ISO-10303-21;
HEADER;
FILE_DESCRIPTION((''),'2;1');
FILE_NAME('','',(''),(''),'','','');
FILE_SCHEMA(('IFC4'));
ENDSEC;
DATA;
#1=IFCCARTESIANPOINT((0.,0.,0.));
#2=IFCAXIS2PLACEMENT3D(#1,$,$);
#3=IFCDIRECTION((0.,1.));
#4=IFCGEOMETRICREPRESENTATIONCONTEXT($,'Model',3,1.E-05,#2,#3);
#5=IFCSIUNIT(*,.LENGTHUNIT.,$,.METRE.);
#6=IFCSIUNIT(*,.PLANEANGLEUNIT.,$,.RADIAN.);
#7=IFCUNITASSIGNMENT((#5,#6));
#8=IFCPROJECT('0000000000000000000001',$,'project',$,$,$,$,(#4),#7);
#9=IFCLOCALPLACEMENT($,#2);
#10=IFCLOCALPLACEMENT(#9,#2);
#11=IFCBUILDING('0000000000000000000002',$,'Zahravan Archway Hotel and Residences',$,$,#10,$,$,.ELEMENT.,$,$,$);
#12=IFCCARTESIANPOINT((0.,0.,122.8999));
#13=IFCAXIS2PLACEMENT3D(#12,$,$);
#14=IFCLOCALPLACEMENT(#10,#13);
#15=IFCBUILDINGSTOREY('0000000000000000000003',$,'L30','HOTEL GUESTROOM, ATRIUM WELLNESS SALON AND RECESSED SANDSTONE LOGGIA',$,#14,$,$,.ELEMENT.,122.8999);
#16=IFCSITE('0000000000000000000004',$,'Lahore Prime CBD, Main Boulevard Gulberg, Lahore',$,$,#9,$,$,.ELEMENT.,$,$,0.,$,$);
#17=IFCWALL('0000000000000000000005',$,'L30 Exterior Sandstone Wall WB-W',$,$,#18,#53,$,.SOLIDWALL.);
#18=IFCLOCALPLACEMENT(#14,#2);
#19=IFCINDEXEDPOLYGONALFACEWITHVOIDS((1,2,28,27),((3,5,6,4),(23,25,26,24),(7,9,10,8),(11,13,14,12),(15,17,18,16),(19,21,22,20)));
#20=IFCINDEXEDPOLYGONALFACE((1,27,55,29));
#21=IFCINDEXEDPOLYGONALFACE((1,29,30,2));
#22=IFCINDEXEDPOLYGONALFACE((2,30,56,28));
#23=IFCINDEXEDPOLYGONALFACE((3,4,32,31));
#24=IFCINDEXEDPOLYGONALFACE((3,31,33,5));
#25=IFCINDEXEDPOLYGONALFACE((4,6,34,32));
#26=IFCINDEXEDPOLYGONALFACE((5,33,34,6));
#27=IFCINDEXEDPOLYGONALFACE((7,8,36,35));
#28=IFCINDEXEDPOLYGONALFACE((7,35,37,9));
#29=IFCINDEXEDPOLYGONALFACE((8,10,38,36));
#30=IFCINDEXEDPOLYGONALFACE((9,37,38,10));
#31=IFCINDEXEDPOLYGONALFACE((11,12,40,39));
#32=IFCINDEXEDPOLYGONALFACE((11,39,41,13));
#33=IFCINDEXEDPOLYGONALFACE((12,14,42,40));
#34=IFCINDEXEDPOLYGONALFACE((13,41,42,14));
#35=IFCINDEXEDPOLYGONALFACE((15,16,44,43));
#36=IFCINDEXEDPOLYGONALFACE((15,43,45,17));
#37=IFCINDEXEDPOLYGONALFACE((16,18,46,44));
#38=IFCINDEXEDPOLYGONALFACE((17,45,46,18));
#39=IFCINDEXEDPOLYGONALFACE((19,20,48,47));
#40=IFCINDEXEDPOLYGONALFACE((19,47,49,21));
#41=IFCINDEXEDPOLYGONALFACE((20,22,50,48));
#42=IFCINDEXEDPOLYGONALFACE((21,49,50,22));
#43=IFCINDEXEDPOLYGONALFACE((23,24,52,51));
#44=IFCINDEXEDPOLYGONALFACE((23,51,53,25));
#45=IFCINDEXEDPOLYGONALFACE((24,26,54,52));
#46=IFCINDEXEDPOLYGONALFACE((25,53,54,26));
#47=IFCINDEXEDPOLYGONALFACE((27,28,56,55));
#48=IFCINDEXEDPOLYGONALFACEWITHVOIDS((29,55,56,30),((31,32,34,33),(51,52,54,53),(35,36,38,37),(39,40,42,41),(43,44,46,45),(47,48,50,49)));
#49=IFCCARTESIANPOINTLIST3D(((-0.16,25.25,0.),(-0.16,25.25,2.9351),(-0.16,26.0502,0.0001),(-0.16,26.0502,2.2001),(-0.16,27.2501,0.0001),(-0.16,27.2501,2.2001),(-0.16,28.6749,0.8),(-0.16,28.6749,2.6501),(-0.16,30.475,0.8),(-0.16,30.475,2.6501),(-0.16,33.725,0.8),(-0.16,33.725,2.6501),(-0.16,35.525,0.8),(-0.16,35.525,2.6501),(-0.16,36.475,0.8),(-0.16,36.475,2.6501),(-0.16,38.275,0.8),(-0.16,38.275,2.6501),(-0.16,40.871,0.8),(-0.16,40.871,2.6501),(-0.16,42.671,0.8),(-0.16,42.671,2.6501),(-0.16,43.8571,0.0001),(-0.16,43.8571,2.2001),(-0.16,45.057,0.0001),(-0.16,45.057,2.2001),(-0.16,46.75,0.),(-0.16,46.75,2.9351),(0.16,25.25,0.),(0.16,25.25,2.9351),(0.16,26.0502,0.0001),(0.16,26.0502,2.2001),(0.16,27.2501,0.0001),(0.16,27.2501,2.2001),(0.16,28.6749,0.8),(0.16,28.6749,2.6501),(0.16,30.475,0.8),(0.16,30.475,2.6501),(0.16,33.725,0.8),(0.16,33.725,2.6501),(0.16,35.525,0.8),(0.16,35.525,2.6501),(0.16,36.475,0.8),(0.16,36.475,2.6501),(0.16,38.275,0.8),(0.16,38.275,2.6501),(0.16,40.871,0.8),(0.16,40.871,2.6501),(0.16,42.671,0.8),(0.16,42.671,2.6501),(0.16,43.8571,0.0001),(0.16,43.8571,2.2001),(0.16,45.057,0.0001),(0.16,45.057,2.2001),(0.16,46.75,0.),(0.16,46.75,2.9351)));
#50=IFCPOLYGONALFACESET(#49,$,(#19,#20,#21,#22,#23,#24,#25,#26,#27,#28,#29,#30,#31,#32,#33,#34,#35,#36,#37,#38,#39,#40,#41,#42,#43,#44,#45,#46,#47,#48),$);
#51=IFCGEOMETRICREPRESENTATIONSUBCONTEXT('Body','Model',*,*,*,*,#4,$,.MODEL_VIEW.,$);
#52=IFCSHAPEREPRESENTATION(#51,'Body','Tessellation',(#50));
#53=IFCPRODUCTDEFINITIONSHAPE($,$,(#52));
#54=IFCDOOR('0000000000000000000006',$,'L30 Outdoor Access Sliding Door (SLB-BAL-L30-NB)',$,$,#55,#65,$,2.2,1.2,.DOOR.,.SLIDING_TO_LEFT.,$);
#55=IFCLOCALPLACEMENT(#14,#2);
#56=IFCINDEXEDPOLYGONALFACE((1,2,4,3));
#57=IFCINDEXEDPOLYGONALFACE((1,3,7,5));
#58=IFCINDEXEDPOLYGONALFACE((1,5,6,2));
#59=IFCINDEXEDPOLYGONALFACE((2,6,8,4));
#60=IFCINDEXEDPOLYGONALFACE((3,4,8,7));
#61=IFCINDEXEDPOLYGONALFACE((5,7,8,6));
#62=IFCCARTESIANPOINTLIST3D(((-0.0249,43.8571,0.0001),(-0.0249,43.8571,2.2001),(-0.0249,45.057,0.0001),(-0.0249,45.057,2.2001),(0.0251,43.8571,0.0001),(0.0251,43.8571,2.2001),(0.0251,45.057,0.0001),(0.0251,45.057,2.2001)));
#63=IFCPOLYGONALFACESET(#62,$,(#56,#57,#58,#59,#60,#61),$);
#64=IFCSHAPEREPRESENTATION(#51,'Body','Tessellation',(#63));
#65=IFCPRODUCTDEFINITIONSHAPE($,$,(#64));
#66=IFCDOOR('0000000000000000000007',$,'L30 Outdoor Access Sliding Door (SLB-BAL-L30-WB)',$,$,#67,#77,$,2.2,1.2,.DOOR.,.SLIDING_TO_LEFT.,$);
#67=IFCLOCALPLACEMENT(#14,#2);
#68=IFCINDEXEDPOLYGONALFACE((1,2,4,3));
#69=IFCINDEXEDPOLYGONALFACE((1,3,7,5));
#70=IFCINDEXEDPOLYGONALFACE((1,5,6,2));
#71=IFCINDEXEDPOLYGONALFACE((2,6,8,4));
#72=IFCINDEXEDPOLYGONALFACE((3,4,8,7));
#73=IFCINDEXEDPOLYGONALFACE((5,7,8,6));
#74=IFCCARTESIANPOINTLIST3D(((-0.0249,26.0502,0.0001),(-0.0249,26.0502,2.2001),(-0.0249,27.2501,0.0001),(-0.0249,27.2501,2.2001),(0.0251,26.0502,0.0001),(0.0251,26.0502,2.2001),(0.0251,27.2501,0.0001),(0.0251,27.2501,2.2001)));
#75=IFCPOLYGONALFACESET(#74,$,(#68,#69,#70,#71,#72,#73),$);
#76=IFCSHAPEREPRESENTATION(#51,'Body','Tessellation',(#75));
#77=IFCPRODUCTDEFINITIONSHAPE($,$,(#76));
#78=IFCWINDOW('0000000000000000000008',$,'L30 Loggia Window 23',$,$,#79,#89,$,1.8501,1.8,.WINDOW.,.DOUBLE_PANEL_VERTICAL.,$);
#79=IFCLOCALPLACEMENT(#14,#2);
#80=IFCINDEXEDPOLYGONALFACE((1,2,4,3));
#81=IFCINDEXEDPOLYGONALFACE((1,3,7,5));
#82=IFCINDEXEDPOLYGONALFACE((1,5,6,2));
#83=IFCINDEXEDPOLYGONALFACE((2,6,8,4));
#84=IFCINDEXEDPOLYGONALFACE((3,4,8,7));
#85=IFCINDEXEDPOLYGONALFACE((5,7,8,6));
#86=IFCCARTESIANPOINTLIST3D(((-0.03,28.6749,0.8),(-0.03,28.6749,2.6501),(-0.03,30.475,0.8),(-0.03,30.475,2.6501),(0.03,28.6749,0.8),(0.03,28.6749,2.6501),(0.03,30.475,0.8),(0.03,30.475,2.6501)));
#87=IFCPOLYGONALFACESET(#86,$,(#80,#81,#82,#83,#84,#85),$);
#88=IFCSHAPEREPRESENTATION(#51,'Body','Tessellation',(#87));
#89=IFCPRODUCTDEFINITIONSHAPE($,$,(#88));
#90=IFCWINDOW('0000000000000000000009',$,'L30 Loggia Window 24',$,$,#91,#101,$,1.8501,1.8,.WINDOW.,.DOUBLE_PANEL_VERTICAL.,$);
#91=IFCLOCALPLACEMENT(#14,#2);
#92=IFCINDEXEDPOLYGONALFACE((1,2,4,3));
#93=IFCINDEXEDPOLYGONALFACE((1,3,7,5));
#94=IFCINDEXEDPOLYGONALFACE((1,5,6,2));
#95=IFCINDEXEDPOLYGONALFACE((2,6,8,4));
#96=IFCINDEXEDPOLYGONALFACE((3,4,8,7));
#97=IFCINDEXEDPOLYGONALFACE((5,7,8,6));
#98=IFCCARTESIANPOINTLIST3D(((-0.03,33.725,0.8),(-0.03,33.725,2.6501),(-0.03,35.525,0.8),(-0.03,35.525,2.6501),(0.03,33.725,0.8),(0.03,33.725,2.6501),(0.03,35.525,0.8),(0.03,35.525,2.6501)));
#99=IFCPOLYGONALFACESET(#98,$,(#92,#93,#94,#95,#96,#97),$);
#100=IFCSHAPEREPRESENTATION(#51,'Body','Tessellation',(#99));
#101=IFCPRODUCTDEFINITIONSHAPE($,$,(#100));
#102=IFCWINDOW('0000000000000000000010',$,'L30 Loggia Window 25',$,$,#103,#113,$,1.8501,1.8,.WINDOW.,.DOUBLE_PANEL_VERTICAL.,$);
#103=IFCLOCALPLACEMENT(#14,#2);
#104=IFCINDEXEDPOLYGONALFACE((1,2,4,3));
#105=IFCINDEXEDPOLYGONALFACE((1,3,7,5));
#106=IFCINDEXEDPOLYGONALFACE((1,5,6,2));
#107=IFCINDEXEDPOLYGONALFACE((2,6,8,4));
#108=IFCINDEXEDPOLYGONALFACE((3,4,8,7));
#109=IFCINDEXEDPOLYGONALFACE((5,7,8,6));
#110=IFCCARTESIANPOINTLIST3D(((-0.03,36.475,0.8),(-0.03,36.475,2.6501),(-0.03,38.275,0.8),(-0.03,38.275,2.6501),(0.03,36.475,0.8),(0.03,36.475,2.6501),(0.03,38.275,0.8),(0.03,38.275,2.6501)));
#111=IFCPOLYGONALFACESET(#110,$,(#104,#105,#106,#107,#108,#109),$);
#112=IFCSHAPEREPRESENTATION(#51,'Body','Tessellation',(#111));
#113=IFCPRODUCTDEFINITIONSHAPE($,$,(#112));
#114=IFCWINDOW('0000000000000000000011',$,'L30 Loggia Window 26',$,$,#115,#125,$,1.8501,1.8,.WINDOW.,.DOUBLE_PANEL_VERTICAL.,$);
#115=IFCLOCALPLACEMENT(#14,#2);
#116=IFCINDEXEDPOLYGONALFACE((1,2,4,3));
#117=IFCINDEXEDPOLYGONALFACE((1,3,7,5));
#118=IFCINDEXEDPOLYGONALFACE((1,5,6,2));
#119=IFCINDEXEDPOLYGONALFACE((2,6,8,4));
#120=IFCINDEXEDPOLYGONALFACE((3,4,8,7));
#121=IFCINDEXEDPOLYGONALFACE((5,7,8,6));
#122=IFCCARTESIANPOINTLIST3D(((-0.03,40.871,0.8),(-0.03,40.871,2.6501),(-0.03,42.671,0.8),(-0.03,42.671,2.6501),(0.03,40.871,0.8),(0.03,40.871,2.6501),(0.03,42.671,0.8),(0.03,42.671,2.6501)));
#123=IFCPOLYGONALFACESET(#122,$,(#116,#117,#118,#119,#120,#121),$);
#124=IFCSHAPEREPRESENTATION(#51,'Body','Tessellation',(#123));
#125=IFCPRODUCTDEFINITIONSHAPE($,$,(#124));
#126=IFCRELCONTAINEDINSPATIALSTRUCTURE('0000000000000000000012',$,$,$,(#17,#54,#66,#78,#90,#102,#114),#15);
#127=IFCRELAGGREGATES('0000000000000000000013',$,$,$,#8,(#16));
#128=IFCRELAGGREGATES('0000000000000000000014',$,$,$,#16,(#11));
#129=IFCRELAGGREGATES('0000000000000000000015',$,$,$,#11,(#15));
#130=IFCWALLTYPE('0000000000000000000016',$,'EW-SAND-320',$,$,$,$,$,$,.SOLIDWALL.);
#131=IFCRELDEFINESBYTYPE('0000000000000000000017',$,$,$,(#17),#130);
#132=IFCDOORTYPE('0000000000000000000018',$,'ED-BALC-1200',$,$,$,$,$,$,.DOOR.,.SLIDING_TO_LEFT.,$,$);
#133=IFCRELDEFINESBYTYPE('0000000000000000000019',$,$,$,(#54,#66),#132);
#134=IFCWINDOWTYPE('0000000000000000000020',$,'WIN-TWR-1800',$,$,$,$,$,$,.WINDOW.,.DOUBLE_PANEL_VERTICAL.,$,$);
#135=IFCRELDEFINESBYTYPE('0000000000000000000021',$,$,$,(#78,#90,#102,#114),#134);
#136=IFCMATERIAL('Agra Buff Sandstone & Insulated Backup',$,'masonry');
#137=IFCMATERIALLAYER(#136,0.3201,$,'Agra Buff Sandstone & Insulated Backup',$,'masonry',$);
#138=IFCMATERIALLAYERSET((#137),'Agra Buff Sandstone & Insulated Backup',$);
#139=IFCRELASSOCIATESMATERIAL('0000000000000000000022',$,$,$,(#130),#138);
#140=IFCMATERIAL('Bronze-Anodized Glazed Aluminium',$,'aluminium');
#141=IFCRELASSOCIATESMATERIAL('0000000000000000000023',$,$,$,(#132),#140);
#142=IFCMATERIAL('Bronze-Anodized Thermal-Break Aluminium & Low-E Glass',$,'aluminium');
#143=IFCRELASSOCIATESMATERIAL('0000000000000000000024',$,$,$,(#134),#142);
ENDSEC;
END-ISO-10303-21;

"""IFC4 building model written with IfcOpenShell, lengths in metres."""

from ifc_helpers import new_model, si_unit, direction, frame, frame_2d, origin, place, context, subcontext, project, spatial, rectangle, extrude, source, transform, mapped, material, layer, layer_set, type_object, type_shapes, element, fill, save


model = new_model("IFC4")

# Units and contexts
model_context = context("Model", 3, precision=1e-05, world=origin(), true_north=direction((0.0, 1.0)))
body_context = subcontext(model_context, "Body", "Model", "MODEL_VIEW")
ifc_project = project(units=[si_unit("LENGTHUNIT", "METRE"), si_unit("PLANEANGLEUNIT", "RADIAN")], contexts=[model_context])

# Site, building, storey
site_placement = place(None, origin())
site = spatial("IfcSite", under=ifc_project, at=site_placement, Name="Lahore Prime CBD, Main Boulevard Gulberg, Lahore", CompositionType="ELEMENT", RefElevation=0.0)
building_placement = place(site_placement, origin())
building = spatial("IfcBuilding", under=site, at=building_placement, Name="Zahravan Archway Hotel and Residences", CompositionType="ELEMENT")
storey_placement = place(building_placement, frame((0.0, 0.0, 122.8999)))
storey = spatial("IfcBuildingStorey", under=building, at=storey_placement, Name="L30", Description="HOTEL GUESTROOM, ATRIUM WELLNESS SALON AND RECESSED SANDSTONE LOGGIA", CompositionType="ELEMENT", Elevation=122.8999)

# Shared definitions
ifc_material_1 = material(Name="Agra Buff Sandstone & Insulated Backup", Category="masonry")
ifc_layer_1 = layer(ifc_material_1, 0.3201, Name="Agra Buff Sandstone & Insulated Backup", Category="masonry")
ifc_layer_set_1 = layer_set([ifc_layer_1], Name="Agra Buff Sandstone & Insulated Backup")
wall_type_1 = type_object("IfcWallType", Name="EW-SAND-320", PredefinedType="SOLIDWALL", material=ifc_layer_set_1)
ifc_material_2 = material(Name="Bronze-Anodized Thermal-Break Aluminium & Low-E Glass", Category="aluminium")

# Wall, openings, doors, windows
wall_1_placement = place(storey_placement, frame((0.0, 25.25, 0.0), z_axis=(0.0, 0.0, 1.0), x_axis=(0.0, 1.0, 0.0)))
wall_1 = element("IfcWall", 1, at=wall_1_placement, inside=storey, type_object=wall_type_1, Name="L30 Exterior Sandstone Wall WB-W", PredefinedType="SOLIDWALL", context=body_context, shape_type="SweptSolid", body=[
    extrude(rectangle(XDim=21.5, YDim=0.3201, at=frame_2d((10.75, 0.0))), origin(), (0.0, 0.0, 1.0), 2.9351),
])
opening_1_placement = place(wall_1_placement, frame((18.6069, 0.0, 0.0)))
opening_1 = element("IfcOpeningElement", 2, at=opening_1_placement, cuts=wall_1, PredefinedType="OPENING", context=body_context, shape_type="SweptSolid", body=[
    extrude(rectangle(XDim=1.2, YDim=2.2, at=frame_2d((0.6001, 1.1001))), frame((0.0, 0.1699, 0.0), z_axis=(0.0, -1.0, 0.0), x_axis=(1.0, 0.0, 0.0)), (0.0, 0.0, 1.0), 0.3401),
])
opening_2_placement = place(wall_1_placement, frame((0.8, 0.0, 0.0)))
opening_2 = element("IfcOpeningElement", 3, at=opening_2_placement, cuts=wall_1, PredefinedType="OPENING", context=body_context, shape_type="SweptSolid", body=[
    extrude(rectangle(XDim=1.2, YDim=2.2, at=frame_2d((0.6001, 1.1001))), frame((0.0, 0.1699, 0.0), z_axis=(0.0, -1.0, 0.0), x_axis=(1.0, 0.0, 0.0)), (0.0, 0.0, 1.0), 0.3401),
])
opening_3_placement = place(wall_1_placement, frame((3.425, 0.0, 0.8)))
opening_3 = element("IfcOpeningElement", 4, at=opening_3_placement, cuts=wall_1, PredefinedType="OPENING", context=body_context, shape_type="SweptSolid", body=[
    extrude(rectangle(XDim=1.8, YDim=1.8501, at=frame_2d((0.8999, 0.925))), frame((0.0, 0.1699, 0.0), z_axis=(0.0, -1.0, 0.0), x_axis=(1.0, 0.0, 0.0)), (0.0, 0.0, 1.0), 0.3401),
])
opening_4_placement = place(wall_1_placement, frame((8.4751, 0.0, 0.8)))
opening_4 = element("IfcOpeningElement", 5, at=opening_4_placement, cuts=wall_1, PredefinedType="OPENING", context=body_context, shape_type="SweptSolid", body=[
    extrude(rectangle(XDim=1.8, YDim=1.8501, at=frame_2d((0.8999, 0.925))), frame((0.0, 0.1699, 0.0), z_axis=(0.0, -1.0, 0.0), x_axis=(1.0, 0.0, 0.0)), (0.0, 0.0, 1.0), 0.3401),
])
opening_5_placement = place(wall_1_placement, frame((11.2251, 0.0, 0.8)))
opening_5 = element("IfcOpeningElement", 6, at=opening_5_placement, cuts=wall_1, PredefinedType="OPENING", context=body_context, shape_type="SweptSolid", body=[
    extrude(rectangle(XDim=1.8, YDim=1.8501, at=frame_2d((0.8999, 0.925))), frame((0.0, 0.1699, 0.0), z_axis=(0.0, -1.0, 0.0), x_axis=(1.0, 0.0, 0.0)), (0.0, 0.0, 1.0), 0.3401),
])
opening_6_placement = place(wall_1_placement, frame((15.6211, 0.0, 0.8)))
opening_6 = element("IfcOpeningElement", 7, at=opening_6_placement, cuts=wall_1, PredefinedType="OPENING", context=body_context, shape_type="SweptSolid", body=[
    extrude(rectangle(XDim=1.8, YDim=1.8501, at=frame_2d((0.8999, 0.925))), frame((0.0, 0.1699, 0.0), z_axis=(0.0, -1.0, 0.0), x_axis=(1.0, 0.0, 0.0)), (0.0, 0.0, 1.0), 0.3401),
])
ifc_material_3 = material(Name="Bronze-Anodized Glazed Aluminium", Category="aluminium")
door_type_1 = type_object("IfcDoorType", Name="ED-BALC-1200", OperationType="SLIDING_TO_LEFT", PredefinedType="DOOR", material=ifc_material_3)
shared_shape_1 = source(origin(), body_context, "Body", "SweptSolid", [
    extrude(rectangle(XDim=1.2, YDim=2.2, at=frame_2d((0.6001, 1.1001))), frame((0.0, 0.0249, 0.0), z_axis=(0.0, -1.0, 0.0), x_axis=(1.0, 0.0, 0.0)), (0.0, 0.0, 1.0), 0.05),
])
type_shapes(door_type_1, [shared_shape_1])
door_1_placement = place(opening_1_placement, origin())
door_1 = element("IfcDoor", 8, at=door_1_placement, inside=storey, type_object=door_type_1, Name="L30 Outdoor Access Sliding Door (SLB-BAL-L30-NB)", OperationType="SLIDING_TO_LEFT", OverallHeight=2.2, OverallWidth=1.2, PredefinedType="DOOR", context=body_context, shape_type="MappedRepresentation", body=[
    mapped(shared_shape_1, transform((0.0, 0.0, 0.0), scale=1.0)),
])
fill(opening_1, door_1)
door_2_placement = place(opening_2_placement, origin())
door_2 = element("IfcDoor", 9, at=door_2_placement, inside=storey, type_object=door_type_1, Name="L30 Outdoor Access Sliding Door (SLB-BAL-L30-WB)", OperationType="SLIDING_TO_LEFT", OverallHeight=2.2, OverallWidth=1.2, PredefinedType="DOOR", context=body_context, shape_type="MappedRepresentation", body=[
    mapped(shared_shape_1, transform((0.0, 0.0, 0.0), scale=1.0)),
])
fill(opening_2, door_2)
window_type_1 = type_object("IfcWindowType", Name="WIN-TWR-1800", PartitioningType="DOUBLE_PANEL_VERTICAL", PredefinedType="WINDOW", material=ifc_material_2)
shared_shape_2 = source(origin(), body_context, "Body", "SweptSolid", [
    extrude(rectangle(XDim=1.8, YDim=1.8501, at=frame_2d((0.8999, 0.925))), frame((0.0, 0.03, 0.0), z_axis=(0.0, -1.0, 0.0), x_axis=(1.0, 0.0, 0.0)), (0.0, 0.0, 1.0), 0.0601),
])
type_shapes(window_type_1, [shared_shape_2])
window_1_placement = place(opening_3_placement, origin())
window_1 = element("IfcWindow", 10, at=window_1_placement, inside=storey, type_object=window_type_1, Name="L30 Loggia Window 23", OverallHeight=1.8501, OverallWidth=1.8, PartitioningType="DOUBLE_PANEL_VERTICAL", PredefinedType="WINDOW", context=body_context, shape_type="MappedRepresentation", body=[
    mapped(shared_shape_2, transform((0.0, 0.0, 0.0), scale=1.0)),
])
fill(opening_3, window_1)
window_2_placement = place(opening_4_placement, origin())
window_2 = element("IfcWindow", 11, at=window_2_placement, inside=storey, type_object=window_type_1, Name="L30 Loggia Window 24", OverallHeight=1.8501, OverallWidth=1.8, PartitioningType="DOUBLE_PANEL_VERTICAL", PredefinedType="WINDOW", context=body_context, shape_type="MappedRepresentation", body=[
    mapped(shared_shape_2, transform((0.0, 0.0, 0.0), scale=1.0)),
])
fill(opening_4, window_2)
window_3_placement = place(opening_5_placement, origin())
window_3 = element("IfcWindow", 12, at=window_3_placement, inside=storey, type_object=window_type_1, Name="L30 Loggia Window 25", OverallHeight=1.8501, OverallWidth=1.8, PartitioningType="DOUBLE_PANEL_VERTICAL", PredefinedType="WINDOW", context=body_context, shape_type="MappedRepresentation", body=[
    mapped(shared_shape_2, transform((0.0, 0.0, 0.0), scale=1.0)),
])
fill(opening_5, window_3)
window_4_placement = place(opening_6_placement, origin())
window_4 = element("IfcWindow", 13, at=window_4_placement, inside=storey, type_object=window_type_1, Name="L30 Loggia Window 26", OverallHeight=1.8501, OverallWidth=1.8, PartitioningType="DOUBLE_PANEL_VERTICAL", PredefinedType="WINDOW", context=body_context, shape_type="MappedRepresentation", body=[
    mapped(shared_shape_2, transform((0.0, 0.0, 0.0), scale=1.0)),
])
fill(opening_6, window_4)

save(model, "model.ifc")
